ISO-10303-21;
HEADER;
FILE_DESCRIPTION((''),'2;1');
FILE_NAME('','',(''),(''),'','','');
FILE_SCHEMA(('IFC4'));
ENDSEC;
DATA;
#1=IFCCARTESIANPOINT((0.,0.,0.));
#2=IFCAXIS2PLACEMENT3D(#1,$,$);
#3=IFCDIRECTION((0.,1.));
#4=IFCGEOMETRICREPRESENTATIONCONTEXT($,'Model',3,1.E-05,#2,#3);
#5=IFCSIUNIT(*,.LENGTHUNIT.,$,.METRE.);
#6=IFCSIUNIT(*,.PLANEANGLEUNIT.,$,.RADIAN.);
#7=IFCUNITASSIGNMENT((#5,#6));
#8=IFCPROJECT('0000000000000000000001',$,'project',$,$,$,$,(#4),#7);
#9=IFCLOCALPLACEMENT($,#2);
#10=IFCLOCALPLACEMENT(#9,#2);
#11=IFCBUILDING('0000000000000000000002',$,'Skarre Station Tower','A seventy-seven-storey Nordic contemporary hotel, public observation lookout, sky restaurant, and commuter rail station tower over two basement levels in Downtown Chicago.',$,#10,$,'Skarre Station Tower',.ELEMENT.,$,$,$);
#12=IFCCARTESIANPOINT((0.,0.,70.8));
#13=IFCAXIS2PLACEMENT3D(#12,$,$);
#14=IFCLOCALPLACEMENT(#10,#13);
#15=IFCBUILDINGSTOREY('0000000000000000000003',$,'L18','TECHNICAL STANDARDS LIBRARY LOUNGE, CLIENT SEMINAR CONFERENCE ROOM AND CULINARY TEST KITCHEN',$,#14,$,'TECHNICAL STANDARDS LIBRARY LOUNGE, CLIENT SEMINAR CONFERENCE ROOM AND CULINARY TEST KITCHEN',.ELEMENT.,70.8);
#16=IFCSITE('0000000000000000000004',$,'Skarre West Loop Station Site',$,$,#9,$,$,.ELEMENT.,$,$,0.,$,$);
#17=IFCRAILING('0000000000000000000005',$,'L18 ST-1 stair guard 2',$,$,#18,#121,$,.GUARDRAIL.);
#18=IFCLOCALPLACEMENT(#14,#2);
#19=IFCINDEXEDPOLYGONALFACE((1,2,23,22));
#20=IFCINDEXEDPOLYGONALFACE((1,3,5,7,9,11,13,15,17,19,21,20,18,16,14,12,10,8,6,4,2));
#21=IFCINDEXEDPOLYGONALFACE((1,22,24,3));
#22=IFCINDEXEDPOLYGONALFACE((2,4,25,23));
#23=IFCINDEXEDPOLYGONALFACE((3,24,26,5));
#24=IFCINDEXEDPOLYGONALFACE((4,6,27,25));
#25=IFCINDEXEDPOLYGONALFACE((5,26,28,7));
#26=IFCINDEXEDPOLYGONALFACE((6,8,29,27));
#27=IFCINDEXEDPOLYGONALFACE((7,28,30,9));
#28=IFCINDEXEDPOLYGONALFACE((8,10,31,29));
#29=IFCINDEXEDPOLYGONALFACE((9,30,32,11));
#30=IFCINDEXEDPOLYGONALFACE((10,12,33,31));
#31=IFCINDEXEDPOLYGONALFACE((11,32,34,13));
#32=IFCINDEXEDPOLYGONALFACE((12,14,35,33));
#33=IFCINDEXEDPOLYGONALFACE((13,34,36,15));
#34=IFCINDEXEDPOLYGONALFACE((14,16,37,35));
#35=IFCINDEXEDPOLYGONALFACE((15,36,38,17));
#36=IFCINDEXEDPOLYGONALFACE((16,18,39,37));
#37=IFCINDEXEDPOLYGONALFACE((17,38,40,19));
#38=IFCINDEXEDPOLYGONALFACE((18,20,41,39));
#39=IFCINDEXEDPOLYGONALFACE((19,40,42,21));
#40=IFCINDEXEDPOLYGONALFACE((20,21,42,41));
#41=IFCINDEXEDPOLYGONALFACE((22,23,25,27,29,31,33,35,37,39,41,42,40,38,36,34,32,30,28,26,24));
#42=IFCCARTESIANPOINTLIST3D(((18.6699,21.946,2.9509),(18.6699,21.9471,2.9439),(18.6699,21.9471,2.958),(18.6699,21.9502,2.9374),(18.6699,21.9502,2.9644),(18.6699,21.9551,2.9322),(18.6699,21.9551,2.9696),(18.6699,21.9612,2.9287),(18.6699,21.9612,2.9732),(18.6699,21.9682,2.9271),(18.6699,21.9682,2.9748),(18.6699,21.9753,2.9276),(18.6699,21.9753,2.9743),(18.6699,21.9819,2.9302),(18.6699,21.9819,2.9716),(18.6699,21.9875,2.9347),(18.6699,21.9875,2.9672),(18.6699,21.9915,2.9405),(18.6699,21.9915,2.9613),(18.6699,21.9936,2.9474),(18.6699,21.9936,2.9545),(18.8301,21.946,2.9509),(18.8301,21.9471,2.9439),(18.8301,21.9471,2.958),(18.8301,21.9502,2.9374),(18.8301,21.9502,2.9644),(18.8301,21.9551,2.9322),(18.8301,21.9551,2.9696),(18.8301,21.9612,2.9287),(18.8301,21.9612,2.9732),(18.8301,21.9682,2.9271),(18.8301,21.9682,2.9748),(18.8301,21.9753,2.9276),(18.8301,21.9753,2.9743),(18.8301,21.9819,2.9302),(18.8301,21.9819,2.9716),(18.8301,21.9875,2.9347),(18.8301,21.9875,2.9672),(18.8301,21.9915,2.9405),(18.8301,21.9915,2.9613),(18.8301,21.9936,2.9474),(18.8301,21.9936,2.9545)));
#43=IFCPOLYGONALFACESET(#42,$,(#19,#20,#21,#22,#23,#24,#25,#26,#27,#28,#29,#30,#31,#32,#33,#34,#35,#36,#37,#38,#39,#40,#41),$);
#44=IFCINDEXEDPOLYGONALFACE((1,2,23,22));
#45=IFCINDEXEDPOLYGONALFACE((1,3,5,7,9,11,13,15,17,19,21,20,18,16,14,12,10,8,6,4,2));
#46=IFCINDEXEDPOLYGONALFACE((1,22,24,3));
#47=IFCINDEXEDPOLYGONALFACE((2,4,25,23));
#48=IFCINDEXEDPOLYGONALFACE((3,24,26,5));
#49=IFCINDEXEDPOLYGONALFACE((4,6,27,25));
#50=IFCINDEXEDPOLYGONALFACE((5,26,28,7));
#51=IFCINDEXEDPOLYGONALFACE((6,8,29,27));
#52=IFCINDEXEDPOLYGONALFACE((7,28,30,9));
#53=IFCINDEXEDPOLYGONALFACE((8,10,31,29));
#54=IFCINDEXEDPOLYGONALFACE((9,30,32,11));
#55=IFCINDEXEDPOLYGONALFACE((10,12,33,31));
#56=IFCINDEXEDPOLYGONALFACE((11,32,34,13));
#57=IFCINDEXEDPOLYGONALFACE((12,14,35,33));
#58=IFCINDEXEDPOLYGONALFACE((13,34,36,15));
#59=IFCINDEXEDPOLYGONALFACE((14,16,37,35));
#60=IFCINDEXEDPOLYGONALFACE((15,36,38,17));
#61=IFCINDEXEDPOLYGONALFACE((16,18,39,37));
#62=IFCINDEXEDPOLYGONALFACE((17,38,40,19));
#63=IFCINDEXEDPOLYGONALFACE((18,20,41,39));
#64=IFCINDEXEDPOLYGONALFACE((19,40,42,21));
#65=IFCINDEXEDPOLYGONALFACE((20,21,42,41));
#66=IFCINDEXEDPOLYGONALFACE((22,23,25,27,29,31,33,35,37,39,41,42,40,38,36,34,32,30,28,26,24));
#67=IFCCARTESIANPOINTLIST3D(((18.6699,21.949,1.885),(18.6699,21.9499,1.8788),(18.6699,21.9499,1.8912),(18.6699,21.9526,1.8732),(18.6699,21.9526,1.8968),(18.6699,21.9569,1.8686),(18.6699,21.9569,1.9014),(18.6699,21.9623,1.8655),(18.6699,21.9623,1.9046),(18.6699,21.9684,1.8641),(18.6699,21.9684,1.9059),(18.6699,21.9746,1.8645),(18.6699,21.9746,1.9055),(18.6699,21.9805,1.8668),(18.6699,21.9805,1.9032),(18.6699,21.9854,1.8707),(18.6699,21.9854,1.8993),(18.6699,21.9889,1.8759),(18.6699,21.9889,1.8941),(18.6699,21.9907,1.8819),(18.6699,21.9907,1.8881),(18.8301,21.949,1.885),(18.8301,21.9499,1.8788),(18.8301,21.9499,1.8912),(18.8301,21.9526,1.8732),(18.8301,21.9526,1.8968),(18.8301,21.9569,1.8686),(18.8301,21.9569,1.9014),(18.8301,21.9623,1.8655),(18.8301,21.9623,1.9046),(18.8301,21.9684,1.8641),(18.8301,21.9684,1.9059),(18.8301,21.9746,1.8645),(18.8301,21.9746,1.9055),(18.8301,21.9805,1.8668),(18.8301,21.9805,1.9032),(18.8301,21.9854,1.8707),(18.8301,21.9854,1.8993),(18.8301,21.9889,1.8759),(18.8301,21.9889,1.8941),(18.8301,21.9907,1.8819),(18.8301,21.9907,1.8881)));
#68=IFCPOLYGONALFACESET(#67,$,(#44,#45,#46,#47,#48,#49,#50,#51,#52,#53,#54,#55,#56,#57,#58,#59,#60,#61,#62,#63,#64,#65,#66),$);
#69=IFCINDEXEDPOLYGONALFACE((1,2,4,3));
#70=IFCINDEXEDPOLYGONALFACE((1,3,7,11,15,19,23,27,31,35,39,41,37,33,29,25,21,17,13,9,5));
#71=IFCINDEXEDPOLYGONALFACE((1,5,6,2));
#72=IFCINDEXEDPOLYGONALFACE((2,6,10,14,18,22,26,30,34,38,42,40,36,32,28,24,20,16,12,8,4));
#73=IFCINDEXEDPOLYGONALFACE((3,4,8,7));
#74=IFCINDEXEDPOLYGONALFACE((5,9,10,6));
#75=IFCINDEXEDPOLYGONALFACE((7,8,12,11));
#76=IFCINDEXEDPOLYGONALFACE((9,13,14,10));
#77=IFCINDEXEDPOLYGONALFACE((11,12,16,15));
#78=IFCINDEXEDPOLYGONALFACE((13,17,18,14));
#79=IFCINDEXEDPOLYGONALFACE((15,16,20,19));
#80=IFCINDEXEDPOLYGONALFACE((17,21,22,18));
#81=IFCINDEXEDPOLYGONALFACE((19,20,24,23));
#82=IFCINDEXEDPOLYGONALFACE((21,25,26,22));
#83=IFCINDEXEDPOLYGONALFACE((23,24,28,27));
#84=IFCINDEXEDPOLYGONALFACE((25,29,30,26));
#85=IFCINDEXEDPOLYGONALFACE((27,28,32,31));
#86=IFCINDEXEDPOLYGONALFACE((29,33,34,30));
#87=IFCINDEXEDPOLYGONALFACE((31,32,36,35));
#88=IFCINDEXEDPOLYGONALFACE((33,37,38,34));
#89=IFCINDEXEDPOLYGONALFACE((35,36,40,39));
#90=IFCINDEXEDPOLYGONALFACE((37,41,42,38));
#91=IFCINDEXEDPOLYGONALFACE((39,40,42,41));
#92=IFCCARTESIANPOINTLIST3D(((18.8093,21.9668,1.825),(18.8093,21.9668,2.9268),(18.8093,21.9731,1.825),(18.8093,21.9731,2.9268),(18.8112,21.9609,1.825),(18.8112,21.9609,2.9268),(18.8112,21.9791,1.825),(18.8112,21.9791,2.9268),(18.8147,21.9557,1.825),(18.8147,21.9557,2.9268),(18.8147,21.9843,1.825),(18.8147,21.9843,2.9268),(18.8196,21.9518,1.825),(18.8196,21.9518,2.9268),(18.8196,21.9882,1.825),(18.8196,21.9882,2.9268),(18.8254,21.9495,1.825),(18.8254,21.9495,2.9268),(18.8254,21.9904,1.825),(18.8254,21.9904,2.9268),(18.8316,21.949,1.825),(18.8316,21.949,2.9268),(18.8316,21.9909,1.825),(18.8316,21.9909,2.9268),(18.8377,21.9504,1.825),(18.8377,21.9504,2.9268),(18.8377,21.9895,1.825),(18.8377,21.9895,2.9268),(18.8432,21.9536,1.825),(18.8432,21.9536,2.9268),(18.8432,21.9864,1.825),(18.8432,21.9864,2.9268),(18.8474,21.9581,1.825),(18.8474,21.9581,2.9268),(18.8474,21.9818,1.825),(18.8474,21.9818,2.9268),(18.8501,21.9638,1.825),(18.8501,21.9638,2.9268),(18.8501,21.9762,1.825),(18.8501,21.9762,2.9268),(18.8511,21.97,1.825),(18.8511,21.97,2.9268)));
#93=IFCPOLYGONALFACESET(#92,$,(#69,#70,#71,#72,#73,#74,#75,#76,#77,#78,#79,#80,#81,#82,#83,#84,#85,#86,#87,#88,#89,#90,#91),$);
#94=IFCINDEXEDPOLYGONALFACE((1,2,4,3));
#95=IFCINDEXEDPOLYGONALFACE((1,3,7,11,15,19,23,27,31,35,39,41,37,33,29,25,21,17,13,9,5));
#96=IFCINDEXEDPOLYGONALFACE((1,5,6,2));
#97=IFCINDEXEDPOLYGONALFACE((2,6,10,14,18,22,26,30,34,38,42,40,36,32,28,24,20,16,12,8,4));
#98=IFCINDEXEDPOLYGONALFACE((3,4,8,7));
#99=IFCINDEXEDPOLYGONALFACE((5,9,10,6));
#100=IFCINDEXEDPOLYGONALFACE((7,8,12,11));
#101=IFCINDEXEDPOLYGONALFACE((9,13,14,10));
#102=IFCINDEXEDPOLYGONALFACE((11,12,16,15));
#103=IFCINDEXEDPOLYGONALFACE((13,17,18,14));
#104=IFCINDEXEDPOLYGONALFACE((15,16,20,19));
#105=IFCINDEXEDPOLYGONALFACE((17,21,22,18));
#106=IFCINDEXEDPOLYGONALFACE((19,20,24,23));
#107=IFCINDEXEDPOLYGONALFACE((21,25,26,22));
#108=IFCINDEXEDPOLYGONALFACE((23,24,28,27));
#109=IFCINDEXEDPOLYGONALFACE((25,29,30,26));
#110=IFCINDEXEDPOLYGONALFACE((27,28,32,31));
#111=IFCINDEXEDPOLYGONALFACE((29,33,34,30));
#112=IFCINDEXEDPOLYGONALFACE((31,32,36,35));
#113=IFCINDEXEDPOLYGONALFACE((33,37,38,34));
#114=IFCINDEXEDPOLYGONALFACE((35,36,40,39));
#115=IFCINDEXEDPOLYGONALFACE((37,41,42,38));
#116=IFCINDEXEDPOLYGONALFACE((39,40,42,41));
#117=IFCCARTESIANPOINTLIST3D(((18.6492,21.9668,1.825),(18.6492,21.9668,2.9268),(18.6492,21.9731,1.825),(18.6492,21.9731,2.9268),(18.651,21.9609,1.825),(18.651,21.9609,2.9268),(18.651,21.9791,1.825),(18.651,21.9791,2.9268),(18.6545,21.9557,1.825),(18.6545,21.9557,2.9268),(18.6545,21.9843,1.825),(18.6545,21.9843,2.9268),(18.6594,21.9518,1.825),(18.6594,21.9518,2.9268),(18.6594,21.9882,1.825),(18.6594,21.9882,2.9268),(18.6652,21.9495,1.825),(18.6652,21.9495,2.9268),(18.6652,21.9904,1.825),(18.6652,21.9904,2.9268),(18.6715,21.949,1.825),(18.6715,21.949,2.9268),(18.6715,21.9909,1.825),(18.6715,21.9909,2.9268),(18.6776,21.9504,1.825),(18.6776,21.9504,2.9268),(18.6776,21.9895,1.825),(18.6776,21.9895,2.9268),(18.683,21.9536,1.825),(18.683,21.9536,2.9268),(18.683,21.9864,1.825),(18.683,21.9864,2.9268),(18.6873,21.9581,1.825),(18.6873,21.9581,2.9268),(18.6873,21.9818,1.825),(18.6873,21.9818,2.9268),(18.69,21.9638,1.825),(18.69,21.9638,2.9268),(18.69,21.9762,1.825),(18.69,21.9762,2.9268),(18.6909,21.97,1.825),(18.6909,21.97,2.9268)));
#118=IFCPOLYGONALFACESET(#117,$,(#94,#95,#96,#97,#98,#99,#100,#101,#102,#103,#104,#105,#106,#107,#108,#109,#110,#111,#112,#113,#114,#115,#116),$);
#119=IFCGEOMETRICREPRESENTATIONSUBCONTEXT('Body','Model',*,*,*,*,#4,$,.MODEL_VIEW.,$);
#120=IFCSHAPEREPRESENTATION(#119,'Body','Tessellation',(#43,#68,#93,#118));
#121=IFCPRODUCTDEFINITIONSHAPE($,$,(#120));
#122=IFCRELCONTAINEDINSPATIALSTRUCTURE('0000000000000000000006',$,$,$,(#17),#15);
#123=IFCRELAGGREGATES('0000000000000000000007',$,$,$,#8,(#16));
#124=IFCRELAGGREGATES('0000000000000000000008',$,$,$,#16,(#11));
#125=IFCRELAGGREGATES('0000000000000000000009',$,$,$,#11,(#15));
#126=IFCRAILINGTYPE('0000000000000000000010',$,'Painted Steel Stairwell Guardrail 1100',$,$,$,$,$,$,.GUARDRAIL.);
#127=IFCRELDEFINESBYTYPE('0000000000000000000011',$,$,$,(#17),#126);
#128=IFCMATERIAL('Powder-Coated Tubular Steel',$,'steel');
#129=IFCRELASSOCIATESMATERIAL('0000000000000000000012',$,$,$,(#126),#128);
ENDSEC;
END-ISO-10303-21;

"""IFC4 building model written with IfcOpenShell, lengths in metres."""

from ifc_helpers import new_model, si_unit, direction, frame, origin, origin_2d, place, context, subcontext, project, spatial, circle, extrude, material, type_object, element, save


model = new_model("IFC4")

# Units and contexts
model_context = context("Model", 3, precision=1e-05, world=origin(), true_north=direction((0.0, 1.0)))
body_context = subcontext(model_context, "Body", "Model", "MODEL_VIEW")
ifc_project = project(units=[si_unit("LENGTHUNIT", "METRE"), si_unit("PLANEANGLEUNIT", "RADIAN")], contexts=[model_context])

# Site, building, storey
site_placement = place(None, origin())
site = spatial("IfcSite", under=ifc_project, at=site_placement, Name="Skarre West Loop Station Site", CompositionType="ELEMENT", RefElevation=0.0)
building_placement = place(site_placement, origin())
building = spatial("IfcBuilding", under=site, at=building_placement, Name="Skarre Station Tower", Description="A seventy-seven-storey Nordic contemporary hotel, public observation lookout, sky restaurant, and commuter rail station tower over two basement levels in Downtown Chicago.", LongName="Skarre Station Tower", CompositionType="ELEMENT")
storey_placement = place(building_placement, frame((0.0, 0.0, 70.8)))
storey = spatial("IfcBuildingStorey", under=building, at=storey_placement, Name="L18", Description="TECHNICAL STANDARDS LIBRARY LOUNGE, CLIENT SEMINAR CONFERENCE ROOM AND CULINARY TEST KITCHEN", LongName="TECHNICAL STANDARDS LIBRARY LOUNGE, CLIENT SEMINAR CONFERENCE ROOM AND CULINARY TEST KITCHEN", CompositionType="ELEMENT", Elevation=70.8)

# Railing
ifc_material_1 = material(Name="Powder-Coated Tubular Steel", Category="steel")
railing_type_1 = type_object("IfcRailingType", Name="Painted Steel Stairwell Guardrail 1100", PredefinedType="GUARDRAIL", material=ifc_material_1)
railing_1_placement = place(storey_placement, frame((18.8301, 21.97, 1.825)))
element("IfcRailing", 1, at=railing_1_placement, inside=storey, type_object=railing_type_1, Name="L18 ST-1 stair guard 2", PredefinedType="GUARDRAIL", context=body_context, shape_type="SweptSolid", body=[
    extrude(circle(Radius=0.0239, at=origin_2d()), frame((0.0, 0.0, 1.126), z_axis=(-1.0, 0.0, 0.0), x_axis=(0.0, -1.0, 0.0)), (0.0, 0.0, 1.0), 0.1602),
    extrude(circle(Radius=0.021, at=origin_2d()), frame((0.0, 0.0, 0.0601), z_axis=(-1.0, 0.0, 0.0), x_axis=(0.0, -1.0, 0.0)), (0.0, 0.0, 1.0), 0.1602),
    extrude(circle(Radius=0.021, at=origin_2d()), origin(), (0.0, 0.0, 1.0), 1.1018),
    extrude(circle(Radius=0.021, at=origin_2d()), frame((-0.1602, 0.0, 0.0)), (0.0, 0.0, 1.0), 1.1018),
])

save(model, "model.ifc")
